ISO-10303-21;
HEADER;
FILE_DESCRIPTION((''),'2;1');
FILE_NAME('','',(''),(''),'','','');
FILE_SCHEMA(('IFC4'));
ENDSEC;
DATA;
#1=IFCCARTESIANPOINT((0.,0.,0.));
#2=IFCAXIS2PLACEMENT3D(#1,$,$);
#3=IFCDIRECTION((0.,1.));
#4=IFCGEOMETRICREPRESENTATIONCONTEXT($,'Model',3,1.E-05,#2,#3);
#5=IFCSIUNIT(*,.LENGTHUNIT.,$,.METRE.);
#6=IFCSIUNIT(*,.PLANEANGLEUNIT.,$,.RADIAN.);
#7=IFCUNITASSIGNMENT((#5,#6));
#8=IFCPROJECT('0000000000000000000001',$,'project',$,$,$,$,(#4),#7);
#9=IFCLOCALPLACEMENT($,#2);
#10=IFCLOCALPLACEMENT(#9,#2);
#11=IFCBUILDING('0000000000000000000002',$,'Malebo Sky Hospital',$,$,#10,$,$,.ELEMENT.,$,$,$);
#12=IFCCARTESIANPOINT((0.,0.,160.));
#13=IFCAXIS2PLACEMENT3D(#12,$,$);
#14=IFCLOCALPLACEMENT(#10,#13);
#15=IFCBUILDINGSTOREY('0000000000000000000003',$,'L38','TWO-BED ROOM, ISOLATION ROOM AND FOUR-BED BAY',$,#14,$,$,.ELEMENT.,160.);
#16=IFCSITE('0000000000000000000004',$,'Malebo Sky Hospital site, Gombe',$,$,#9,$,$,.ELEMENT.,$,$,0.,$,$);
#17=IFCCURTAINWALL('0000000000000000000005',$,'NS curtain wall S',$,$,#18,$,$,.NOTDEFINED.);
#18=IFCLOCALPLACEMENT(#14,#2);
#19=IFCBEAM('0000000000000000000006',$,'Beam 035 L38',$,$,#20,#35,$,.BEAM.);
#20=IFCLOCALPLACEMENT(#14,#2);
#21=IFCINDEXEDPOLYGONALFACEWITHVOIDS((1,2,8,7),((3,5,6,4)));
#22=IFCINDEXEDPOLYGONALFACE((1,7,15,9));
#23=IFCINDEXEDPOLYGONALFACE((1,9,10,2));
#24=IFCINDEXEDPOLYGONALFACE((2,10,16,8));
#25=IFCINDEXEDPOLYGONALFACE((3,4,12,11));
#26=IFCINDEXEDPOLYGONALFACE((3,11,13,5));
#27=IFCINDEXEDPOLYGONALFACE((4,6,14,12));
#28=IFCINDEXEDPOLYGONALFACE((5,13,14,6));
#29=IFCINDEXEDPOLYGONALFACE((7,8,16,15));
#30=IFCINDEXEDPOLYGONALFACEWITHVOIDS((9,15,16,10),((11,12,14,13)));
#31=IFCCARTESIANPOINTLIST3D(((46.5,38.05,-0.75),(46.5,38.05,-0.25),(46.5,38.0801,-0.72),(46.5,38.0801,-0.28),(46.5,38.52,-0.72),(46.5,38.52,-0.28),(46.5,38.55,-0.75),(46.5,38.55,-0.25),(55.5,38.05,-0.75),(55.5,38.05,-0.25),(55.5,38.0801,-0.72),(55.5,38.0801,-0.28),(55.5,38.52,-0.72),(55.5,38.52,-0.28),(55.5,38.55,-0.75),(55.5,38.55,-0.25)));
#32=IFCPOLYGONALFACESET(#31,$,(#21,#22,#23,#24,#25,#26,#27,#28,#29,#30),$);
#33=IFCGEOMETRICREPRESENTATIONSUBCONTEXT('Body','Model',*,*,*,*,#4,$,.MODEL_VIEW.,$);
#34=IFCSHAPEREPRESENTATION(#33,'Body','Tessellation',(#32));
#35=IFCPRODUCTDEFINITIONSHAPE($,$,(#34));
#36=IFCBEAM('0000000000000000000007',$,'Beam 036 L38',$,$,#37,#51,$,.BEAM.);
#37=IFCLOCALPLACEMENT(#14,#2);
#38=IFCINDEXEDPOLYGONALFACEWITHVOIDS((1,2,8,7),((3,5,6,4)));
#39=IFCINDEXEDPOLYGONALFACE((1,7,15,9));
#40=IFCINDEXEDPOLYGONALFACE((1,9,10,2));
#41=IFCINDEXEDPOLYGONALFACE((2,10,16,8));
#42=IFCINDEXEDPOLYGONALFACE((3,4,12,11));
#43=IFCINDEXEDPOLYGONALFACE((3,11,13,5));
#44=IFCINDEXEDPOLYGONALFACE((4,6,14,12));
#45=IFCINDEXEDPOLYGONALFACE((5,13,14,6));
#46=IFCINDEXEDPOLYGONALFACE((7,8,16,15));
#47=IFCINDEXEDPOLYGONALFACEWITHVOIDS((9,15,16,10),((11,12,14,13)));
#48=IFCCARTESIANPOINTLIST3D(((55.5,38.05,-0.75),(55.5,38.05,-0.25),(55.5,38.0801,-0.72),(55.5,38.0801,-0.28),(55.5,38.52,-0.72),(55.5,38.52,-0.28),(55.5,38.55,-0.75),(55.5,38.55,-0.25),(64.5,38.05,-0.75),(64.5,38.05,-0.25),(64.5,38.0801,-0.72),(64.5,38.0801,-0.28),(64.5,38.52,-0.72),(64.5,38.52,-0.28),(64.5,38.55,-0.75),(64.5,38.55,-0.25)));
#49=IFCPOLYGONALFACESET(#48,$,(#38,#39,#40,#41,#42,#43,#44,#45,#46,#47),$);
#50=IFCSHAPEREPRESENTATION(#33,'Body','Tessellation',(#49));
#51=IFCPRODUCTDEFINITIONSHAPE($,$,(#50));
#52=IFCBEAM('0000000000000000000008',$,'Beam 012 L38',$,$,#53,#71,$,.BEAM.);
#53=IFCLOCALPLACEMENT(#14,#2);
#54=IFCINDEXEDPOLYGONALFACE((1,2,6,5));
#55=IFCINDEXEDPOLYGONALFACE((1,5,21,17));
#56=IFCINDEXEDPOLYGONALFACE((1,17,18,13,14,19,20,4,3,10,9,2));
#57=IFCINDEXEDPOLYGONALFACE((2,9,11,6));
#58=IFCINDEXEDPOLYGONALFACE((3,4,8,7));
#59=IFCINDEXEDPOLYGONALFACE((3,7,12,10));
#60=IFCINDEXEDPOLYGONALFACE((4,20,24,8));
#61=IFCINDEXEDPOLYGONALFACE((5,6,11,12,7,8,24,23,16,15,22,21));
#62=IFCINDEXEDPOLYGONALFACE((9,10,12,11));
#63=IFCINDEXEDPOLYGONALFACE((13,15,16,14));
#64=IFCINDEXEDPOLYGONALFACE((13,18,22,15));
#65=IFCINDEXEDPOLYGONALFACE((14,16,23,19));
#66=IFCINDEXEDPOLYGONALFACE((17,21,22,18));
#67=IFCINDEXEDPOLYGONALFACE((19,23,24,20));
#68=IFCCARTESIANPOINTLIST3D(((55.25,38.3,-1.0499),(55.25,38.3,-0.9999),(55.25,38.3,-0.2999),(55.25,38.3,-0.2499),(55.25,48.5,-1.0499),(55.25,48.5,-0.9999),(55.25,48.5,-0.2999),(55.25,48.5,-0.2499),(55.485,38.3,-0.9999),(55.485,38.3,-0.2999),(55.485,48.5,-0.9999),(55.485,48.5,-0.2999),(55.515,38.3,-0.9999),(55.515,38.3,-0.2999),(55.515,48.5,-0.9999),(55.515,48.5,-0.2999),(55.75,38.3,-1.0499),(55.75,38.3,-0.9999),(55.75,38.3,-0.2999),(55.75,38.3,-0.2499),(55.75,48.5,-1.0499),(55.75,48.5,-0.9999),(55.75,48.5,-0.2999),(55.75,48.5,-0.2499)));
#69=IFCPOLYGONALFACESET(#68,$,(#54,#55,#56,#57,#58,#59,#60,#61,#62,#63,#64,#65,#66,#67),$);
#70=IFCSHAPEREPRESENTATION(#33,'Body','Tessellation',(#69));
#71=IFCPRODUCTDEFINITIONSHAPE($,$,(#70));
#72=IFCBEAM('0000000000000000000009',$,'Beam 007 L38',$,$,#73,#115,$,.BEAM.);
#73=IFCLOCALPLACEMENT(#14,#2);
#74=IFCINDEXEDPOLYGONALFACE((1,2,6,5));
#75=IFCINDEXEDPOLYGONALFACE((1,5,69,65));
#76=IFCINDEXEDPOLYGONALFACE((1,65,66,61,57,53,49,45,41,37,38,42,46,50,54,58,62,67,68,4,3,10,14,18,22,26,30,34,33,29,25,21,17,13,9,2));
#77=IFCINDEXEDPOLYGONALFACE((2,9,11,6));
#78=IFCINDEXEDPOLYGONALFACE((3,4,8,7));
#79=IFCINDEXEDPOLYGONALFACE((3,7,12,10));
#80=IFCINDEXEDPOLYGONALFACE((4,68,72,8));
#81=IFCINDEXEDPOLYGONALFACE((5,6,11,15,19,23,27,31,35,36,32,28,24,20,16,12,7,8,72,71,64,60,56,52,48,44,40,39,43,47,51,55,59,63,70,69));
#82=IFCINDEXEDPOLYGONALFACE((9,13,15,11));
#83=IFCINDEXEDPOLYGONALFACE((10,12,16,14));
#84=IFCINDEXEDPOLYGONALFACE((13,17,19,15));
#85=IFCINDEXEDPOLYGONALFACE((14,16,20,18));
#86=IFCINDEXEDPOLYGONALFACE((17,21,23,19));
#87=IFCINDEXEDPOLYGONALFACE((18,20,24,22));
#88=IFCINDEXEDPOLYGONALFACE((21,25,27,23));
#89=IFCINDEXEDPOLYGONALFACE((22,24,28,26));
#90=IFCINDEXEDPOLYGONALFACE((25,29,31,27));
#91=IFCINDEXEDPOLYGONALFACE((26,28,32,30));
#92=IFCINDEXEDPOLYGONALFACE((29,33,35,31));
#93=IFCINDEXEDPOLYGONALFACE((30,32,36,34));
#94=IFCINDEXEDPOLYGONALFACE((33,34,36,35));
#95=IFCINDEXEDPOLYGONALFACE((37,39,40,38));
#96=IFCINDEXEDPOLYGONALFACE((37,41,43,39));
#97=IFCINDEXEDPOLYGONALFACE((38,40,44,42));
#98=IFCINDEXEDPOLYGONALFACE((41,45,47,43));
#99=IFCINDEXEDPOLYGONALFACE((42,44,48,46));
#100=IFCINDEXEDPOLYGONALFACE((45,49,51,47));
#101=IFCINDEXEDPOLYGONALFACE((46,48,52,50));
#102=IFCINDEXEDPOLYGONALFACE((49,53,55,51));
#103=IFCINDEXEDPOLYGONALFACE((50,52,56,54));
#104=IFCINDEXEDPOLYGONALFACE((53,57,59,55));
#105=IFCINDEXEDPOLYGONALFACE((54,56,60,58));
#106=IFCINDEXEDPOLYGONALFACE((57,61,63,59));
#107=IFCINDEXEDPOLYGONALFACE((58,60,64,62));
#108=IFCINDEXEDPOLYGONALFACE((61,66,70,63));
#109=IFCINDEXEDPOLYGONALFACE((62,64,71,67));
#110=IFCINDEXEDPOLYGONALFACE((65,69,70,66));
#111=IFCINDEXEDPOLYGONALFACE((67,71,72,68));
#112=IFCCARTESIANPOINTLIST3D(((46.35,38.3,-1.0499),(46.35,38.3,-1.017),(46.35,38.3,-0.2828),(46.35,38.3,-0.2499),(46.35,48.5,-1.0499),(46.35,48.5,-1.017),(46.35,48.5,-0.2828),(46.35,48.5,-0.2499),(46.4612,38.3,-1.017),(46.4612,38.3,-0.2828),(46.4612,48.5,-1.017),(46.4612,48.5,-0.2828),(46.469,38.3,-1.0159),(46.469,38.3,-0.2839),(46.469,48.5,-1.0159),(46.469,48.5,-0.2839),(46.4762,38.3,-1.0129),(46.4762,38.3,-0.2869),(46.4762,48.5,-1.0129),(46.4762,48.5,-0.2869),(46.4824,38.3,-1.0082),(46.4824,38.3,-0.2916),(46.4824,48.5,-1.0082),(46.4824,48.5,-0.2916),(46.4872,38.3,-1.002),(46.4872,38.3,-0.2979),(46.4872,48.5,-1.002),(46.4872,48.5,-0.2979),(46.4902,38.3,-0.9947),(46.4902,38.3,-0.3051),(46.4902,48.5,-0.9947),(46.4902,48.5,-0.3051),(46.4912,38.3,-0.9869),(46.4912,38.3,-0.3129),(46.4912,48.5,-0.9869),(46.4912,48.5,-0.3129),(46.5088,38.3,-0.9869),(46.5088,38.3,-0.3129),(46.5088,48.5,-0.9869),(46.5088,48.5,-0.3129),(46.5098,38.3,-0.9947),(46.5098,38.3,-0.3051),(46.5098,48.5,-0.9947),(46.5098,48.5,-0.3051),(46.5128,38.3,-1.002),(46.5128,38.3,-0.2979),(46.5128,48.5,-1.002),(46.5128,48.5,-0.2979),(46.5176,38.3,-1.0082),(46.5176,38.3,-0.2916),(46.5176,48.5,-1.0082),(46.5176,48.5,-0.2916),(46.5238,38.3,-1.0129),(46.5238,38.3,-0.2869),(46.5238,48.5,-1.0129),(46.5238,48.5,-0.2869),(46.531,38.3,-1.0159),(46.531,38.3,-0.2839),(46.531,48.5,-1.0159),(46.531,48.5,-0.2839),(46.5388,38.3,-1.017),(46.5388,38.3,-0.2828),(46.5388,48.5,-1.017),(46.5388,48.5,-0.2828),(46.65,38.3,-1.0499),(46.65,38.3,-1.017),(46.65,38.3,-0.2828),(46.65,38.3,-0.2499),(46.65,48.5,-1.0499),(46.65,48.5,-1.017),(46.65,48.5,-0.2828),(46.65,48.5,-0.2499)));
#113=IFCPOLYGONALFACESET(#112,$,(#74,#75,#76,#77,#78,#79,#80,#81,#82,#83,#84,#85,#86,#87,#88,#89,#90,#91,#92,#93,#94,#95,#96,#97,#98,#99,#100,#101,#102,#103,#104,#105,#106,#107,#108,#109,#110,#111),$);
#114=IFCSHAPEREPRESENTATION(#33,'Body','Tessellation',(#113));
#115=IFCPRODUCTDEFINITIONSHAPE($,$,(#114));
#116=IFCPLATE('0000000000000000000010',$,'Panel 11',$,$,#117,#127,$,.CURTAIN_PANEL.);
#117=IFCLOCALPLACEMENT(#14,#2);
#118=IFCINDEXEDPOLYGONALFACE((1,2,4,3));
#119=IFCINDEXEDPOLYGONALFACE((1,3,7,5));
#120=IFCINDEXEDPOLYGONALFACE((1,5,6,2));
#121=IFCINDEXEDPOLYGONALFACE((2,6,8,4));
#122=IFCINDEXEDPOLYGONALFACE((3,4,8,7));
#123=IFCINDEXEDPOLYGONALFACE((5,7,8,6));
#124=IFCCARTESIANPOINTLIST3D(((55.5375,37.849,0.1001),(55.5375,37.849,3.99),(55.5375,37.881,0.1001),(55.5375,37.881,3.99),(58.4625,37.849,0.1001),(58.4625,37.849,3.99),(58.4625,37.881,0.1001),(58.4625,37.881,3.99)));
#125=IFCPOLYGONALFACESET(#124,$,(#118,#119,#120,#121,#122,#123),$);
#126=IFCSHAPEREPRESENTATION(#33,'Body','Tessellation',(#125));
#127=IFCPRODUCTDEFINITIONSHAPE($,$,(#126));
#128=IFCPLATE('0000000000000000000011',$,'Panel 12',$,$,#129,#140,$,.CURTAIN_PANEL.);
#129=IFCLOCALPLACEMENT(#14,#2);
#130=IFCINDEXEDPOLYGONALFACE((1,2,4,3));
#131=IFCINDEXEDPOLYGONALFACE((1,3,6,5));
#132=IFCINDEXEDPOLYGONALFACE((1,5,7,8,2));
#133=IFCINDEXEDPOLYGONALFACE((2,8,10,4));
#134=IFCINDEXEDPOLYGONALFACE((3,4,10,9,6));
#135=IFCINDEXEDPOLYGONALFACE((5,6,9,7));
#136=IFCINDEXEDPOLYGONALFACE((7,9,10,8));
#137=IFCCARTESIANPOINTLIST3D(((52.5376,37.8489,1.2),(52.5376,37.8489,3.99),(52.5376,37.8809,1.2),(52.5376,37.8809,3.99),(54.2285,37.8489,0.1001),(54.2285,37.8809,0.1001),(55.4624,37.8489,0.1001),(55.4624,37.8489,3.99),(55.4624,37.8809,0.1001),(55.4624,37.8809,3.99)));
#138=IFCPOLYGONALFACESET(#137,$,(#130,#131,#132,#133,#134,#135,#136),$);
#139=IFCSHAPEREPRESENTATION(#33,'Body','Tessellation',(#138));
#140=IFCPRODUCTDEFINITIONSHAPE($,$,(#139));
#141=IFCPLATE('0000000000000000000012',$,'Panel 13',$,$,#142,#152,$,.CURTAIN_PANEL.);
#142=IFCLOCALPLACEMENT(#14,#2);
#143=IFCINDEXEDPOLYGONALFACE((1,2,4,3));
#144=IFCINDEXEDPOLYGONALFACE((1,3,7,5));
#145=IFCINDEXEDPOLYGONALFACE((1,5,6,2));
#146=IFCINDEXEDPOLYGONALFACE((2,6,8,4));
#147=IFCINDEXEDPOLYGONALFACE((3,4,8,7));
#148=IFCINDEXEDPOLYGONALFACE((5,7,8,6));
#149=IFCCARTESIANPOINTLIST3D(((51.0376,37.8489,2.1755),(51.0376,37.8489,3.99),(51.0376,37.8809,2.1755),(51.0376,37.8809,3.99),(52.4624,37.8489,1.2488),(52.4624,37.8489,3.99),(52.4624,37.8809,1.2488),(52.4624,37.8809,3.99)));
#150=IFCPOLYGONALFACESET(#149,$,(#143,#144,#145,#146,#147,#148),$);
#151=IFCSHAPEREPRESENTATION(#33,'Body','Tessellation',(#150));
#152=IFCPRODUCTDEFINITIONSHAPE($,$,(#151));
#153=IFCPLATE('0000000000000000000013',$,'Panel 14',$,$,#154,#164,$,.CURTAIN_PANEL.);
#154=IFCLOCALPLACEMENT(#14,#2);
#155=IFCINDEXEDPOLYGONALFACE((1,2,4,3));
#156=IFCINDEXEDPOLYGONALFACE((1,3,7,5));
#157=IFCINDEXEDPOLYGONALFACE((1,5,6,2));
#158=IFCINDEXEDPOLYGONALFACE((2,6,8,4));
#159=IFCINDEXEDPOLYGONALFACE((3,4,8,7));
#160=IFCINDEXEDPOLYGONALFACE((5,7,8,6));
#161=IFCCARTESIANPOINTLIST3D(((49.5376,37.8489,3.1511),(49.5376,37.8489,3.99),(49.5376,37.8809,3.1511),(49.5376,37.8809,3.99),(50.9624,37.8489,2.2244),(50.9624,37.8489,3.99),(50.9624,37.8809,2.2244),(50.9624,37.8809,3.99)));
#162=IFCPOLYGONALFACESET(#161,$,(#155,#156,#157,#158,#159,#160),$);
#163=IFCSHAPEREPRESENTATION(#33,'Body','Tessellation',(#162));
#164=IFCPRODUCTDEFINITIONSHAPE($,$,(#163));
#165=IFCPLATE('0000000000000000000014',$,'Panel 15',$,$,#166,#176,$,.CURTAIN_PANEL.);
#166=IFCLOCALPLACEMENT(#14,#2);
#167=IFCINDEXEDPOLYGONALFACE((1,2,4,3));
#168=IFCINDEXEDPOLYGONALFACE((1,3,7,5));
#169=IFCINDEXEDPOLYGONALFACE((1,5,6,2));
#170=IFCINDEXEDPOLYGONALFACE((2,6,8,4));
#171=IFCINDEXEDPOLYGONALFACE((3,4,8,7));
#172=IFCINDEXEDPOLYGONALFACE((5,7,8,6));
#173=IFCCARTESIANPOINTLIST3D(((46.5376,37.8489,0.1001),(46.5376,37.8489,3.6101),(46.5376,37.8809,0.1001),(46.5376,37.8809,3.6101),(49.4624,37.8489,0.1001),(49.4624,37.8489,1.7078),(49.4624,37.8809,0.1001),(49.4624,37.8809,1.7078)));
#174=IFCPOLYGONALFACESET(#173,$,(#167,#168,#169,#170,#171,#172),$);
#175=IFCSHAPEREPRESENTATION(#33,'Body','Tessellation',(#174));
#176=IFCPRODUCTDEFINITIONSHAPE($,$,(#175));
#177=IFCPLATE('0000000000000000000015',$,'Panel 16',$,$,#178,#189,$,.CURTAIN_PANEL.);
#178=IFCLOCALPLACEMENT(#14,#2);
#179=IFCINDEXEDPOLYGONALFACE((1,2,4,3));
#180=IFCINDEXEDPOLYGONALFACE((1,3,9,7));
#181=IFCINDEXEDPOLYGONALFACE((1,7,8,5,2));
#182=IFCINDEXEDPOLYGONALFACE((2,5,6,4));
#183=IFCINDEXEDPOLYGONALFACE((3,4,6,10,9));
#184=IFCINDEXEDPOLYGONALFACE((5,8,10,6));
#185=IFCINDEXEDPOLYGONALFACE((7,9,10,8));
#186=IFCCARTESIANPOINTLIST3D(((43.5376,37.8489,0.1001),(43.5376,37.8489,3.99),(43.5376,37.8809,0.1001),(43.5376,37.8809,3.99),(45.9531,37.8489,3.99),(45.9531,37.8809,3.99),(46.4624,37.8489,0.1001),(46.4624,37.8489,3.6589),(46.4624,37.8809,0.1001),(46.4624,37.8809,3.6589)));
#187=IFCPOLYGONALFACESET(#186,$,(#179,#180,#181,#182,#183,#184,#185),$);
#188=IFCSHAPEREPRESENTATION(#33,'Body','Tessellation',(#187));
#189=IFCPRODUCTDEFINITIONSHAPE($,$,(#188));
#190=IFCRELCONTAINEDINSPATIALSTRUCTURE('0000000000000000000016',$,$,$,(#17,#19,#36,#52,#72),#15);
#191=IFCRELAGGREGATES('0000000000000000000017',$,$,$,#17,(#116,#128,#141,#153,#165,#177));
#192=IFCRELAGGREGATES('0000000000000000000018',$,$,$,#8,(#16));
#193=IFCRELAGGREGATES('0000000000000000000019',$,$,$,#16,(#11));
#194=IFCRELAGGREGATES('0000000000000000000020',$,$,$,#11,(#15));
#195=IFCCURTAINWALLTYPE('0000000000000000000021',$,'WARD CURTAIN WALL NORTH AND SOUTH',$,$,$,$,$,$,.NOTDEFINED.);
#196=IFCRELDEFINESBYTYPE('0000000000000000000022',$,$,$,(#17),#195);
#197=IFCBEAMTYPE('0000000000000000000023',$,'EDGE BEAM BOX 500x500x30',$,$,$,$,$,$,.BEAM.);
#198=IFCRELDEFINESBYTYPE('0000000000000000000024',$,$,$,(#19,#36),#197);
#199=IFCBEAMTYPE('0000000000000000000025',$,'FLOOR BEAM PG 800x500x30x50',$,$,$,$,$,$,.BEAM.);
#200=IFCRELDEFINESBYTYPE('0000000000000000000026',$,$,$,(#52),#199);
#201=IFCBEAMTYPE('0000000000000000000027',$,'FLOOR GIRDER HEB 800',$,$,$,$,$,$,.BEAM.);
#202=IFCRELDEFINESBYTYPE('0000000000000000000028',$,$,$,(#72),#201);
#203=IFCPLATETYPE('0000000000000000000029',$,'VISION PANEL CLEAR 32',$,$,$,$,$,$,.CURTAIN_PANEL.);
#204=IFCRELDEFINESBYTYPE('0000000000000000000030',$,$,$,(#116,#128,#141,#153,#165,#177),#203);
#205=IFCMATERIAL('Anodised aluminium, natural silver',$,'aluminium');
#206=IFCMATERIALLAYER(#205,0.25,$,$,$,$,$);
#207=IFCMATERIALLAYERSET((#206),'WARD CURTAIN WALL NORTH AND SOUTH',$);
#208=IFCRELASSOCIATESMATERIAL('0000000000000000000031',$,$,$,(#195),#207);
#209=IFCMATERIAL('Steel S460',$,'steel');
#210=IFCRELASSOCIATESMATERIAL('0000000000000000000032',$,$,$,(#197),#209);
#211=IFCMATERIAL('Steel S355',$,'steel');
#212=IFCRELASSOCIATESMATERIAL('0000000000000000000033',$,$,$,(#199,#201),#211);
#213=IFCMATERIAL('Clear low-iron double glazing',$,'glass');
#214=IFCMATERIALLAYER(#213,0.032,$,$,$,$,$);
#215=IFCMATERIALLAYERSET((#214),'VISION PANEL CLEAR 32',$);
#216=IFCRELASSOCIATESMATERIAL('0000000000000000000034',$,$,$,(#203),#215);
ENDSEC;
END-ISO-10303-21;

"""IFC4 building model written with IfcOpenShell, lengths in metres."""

from ifc_helpers import new_model, si_unit, direction, frame, origin, origin_2d, place, context, subcontext, project, spatial, polyline, rectangle, hollow_rectangle, i_section, outline, extrude, material, layer, layer_set, material_profile, profile_set, type_object, element, aggregate, save


model = new_model("IFC4")

# Units and contexts
model_context = context("Model", 3, precision=1e-05, world=origin(), true_north=direction((0.0, 1.0)))
body_context = subcontext(model_context, "Body", "Model", "MODEL_VIEW")
ifc_project = project(units=[si_unit("LENGTHUNIT", "METRE"), si_unit("PLANEANGLEUNIT", "RADIAN")], contexts=[model_context])

# Site, building, storey
site_placement = place(None, origin())
site = spatial("IfcSite", under=ifc_project, at=site_placement, Name="Malebo Sky Hospital site, Gombe", CompositionType="ELEMENT", RefElevation=0.0)
building_placement = place(site_placement, origin())
building = spatial("IfcBuilding", under=site, at=building_placement, Name="Malebo Sky Hospital", CompositionType="ELEMENT")
storey_placement = place(building_placement, frame((0.0, 0.0, 160.0)))
storey = spatial("IfcBuildingStorey", under=building, at=storey_placement, Name="L38", Description="TWO-BED ROOM, ISOLATION ROOM AND FOUR-BED BAY", CompositionType="ELEMENT", Elevation=160.0)

# Shared definitions
ifc_material_1 = material(Name="Steel S460", Category="steel")

# Curtain wall
ifc_material_2 = material(Name="Anodised aluminium, natural silver", Category="aluminium")
ifc_layer_1 = layer(ifc_material_2, 0.25)
ifc_layer_set_1 = layer_set([ifc_layer_1], Name="WARD CURTAIN WALL NORTH AND SOUTH")
curtain_wall_type = type_object("IfcCurtainWallType", Name="WARD CURTAIN WALL NORTH AND SOUTH", PredefinedType="NOTDEFINED", material=ifc_layer_set_1)
curtain_wall_placement = place(storey_placement, origin())
curtain_wall = element("IfcCurtainWall", 1, at=curtain_wall_placement, inside=storey, type_object=curtain_wall_type, Name="NS curtain wall S", PredefinedType="NOTDEFINED")

# Shared definitions
ifc_material_3 = material(Name="Steel S355", Category="steel")

# Beams
ifc_material_profile_1 = material_profile(ifc_material_1, hollow_rectangle(XDim=0.5, YDim=0.5, WallThickness=0.03, at=origin_2d()), Name="BOX 500x500x30")
ifc_profile_set_1 = profile_set([ifc_material_profile_1], Name="Steel S460")
beam_type_1 = type_object("IfcBeamType", Name="EDGE BEAM BOX 500x500x30", PredefinedType="BEAM", material=ifc_profile_set_1)
for number, where, z_axis, x_axis, name in (
    (2, (46.5, 38.3, -0.5), (1.0, 0.0, 0.0), (0.0, 1.0, 0.0), "Beam 035 L38"),
    (3, (55.5, 38.3, -0.5), (1.0, 0.0, 0.0), (0.0, 1.0, 0.0), "Beam 036 L38"),
):
    element("IfcBeam", number, at=place(storey_placement, frame(where, z_axis=z_axis, x_axis=x_axis)), inside=storey, type_object=beam_type_1, Name=name, PredefinedType="BEAM", context=body_context, shape_type="SweptSolid", body=[
        extrude(hollow_rectangle(XDim=0.5, YDim=0.5, WallThickness=0.03, at=origin_2d()), origin(), (0.0, 0.0, 1.0), 9.0),
    ])
ifc_material_profile_2 = material_profile(ifc_material_3, i_section(OverallWidth=0.5, OverallDepth=0.8, WebThickness=0.03, FlangeThickness=0.05, at=origin_2d()), Name="PG 800x500x30x50")
ifc_profile_set_2 = profile_set([ifc_material_profile_2], Name="Steel S355")
beam_type_2 = type_object("IfcBeamType", Name="FLOOR BEAM PG 800x500x30x50", PredefinedType="BEAM", material=ifc_profile_set_2)
beam_1_placement = place(storey_placement, frame((55.5, 38.3, -0.6499), z_axis=(0.0, 1.0, 0.0), x_axis=(-1.0, 0.0, 0.0)))
element("IfcBeam", 4, at=beam_1_placement, inside=storey, type_object=beam_type_2, Name="Beam 012 L38", PredefinedType="BEAM", context=body_context, shape_type="SweptSolid", body=[
    extrude(i_section(OverallWidth=0.5, OverallDepth=0.8, WebThickness=0.03, FlangeThickness=0.05, at=origin_2d()), origin(), (0.0, 0.0, 1.0), 10.2),
])
ifc_material_profile_3 = material_profile(ifc_material_3, i_section(OverallWidth=0.3, OverallDepth=0.8, WebThickness=0.0176, FlangeThickness=0.033, FilletRadius=0.03, at=origin_2d()), Name="HEB 800")
ifc_profile_set_3 = profile_set([ifc_material_profile_3], Name="Steel S355")
beam_type_3 = type_object("IfcBeamType", Name="FLOOR GIRDER HEB 800", PredefinedType="BEAM", material=ifc_profile_set_3)
beam_2_placement = place(storey_placement, frame((46.5, 38.3, -0.6499), z_axis=(0.0, 1.0, 0.0), x_axis=(-1.0, 0.0, 0.0)))
element("IfcBeam", 5, at=beam_2_placement, inside=storey, type_object=beam_type_3, Name="Beam 007 L38", PredefinedType="BEAM", context=body_context, shape_type="SweptSolid", body=[
    extrude(i_section(OverallWidth=0.3, OverallDepth=0.8, WebThickness=0.0176, FlangeThickness=0.033, FilletRadius=0.03, at=origin_2d()), origin(), (0.0, 0.0, 1.0), 10.2),
])

# Plates
ifc_material_4 = material(Name="Clear low-iron double glazing", Category="glass")
ifc_layer_2 = layer(ifc_material_4, 0.032)
ifc_layer_set_2 = layer_set([ifc_layer_2], Name="VISION PANEL CLEAR 32")
plate_type = type_object("IfcPlateType", Name="VISION PANEL CLEAR 32", PredefinedType="CURTAIN_PANEL", material=ifc_layer_set_2)
plate_1_placement = place(storey_placement, frame((57.0, 37.865, 0.1001), z_axis=(0.0, 0.0, 1.0), x_axis=(-1.0, 0.0, 0.0)))
plate_1 = element("IfcPlate", 6, at=plate_1_placement, type_object=plate_type, Name="Panel 11", PredefinedType="CURTAIN_PANEL", context=body_context, shape_type="SweptSolid", body=[
    extrude(rectangle(XDim=2.925, YDim=0.032, at=origin_2d()), origin(), (0.0, 0.0, 1.0), 3.8899),
])
plate_2_placement = place(storey_placement, frame((54.0, 37.865, 0.1001), z_axis=(0.0, 0.0, 1.0), x_axis=(-1.0, 0.0, 0.0)))
plate_2 = element("IfcPlate", 7, at=plate_2_placement, type_object=plate_type, Name="Panel 12", PredefinedType="CURTAIN_PANEL", context=body_context, shape_type="SweptSolid", body=[
    extrude(outline(polyline([(-1.4624, 0.0), (-0.2285, 0.0), (1.4624, 1.0999), (1.4624, 3.8899), (-1.4624, 3.8899), (-1.4624, 0.0)])), frame((0.0, 0.0161, 0.0), z_axis=(0.0, -1.0, 0.0), x_axis=(1.0, 0.0, 0.0)), (0.0, 0.0, 1.0), 0.032),
])
plate_3_placement = place(storey_placement, frame((51.75, 37.865, 1.2488), z_axis=(0.0, 0.0, 1.0), x_axis=(-1.0, 0.0, 0.0)))
plate_3 = element("IfcPlate", 8, at=plate_3_placement, type_object=plate_type, Name="Panel 13", PredefinedType="CURTAIN_PANEL", context=body_context, shape_type="SweptSolid", body=[
    extrude(outline(polyline([(-0.7124, 0.0), (0.7124, 0.9268), (0.7124, 2.7412), (-0.7124, 2.7412), (-0.7124, 0.0)])), frame((0.0, 0.0161, 0.0), z_axis=(0.0, -1.0, 0.0), x_axis=(1.0, 0.0, 0.0)), (0.0, 0.0, 1.0), 0.032),
])
plate_4_placement = place(storey_placement, frame((50.25, 37.865, 2.2244), z_axis=(0.0, 0.0, 1.0), x_axis=(-1.0, 0.0, 0.0)))
plate_4 = element("IfcPlate", 9, at=plate_4_placement, type_object=plate_type, Name="Panel 14", PredefinedType="CURTAIN_PANEL", context=body_context, shape_type="SweptSolid", body=[
    extrude(outline(polyline([(-0.7124, 0.0), (0.7124, 0.9268), (0.7124, 1.7656), (-0.7124, 1.7656), (-0.7124, 0.0)])), frame((0.0, 0.0161, 0.0), z_axis=(0.0, -1.0, 0.0), x_axis=(1.0, 0.0, 0.0)), (0.0, 0.0, 1.0), 0.032),
])
plate_5_placement = place(storey_placement, frame((48.0, 37.865, 0.1001), z_axis=(0.0, 0.0, 1.0), x_axis=(-1.0, 0.0, 0.0)))
plate_5 = element("IfcPlate", 10, at=plate_5_placement, type_object=plate_type, Name="Panel 15", PredefinedType="CURTAIN_PANEL", context=body_context, shape_type="SweptSolid", body=[
    extrude(outline(polyline([(-1.4624, 0.0), (1.4624, 0.0), (1.4624, 3.51), (-1.4624, 1.6077), (-1.4624, 0.0)])), frame((0.0, 0.0161, 0.0), z_axis=(0.0, -1.0, 0.0), x_axis=(1.0, 0.0, 0.0)), (0.0, 0.0, 1.0), 0.032),
])
plate_6_placement = place(storey_placement, frame((45.0, 37.865, 0.1001), z_axis=(0.0, 0.0, 1.0), x_axis=(-1.0, 0.0, 0.0)))
plate_6 = element("IfcPlate", 11, at=plate_6_placement, type_object=plate_type, Name="Panel 16", PredefinedType="CURTAIN_PANEL", context=body_context, shape_type="SweptSolid", body=[
    extrude(outline(polyline([(-1.4624, 0.0), (1.4624, 0.0), (1.4624, 3.8899), (-0.9531, 3.8899), (-1.4624, 3.5588), (-1.4624, 0.0)])), frame((0.0, 0.0161, 0.0), z_axis=(0.0, -1.0, 0.0), x_axis=(1.0, 0.0, 0.0)), (0.0, 0.0, 1.0), 0.032),
])
aggregate(curtain_wall, [plate_1, plate_2, plate_3, plate_4, plate_5, plate_6])

save(model, "model.ifc")
